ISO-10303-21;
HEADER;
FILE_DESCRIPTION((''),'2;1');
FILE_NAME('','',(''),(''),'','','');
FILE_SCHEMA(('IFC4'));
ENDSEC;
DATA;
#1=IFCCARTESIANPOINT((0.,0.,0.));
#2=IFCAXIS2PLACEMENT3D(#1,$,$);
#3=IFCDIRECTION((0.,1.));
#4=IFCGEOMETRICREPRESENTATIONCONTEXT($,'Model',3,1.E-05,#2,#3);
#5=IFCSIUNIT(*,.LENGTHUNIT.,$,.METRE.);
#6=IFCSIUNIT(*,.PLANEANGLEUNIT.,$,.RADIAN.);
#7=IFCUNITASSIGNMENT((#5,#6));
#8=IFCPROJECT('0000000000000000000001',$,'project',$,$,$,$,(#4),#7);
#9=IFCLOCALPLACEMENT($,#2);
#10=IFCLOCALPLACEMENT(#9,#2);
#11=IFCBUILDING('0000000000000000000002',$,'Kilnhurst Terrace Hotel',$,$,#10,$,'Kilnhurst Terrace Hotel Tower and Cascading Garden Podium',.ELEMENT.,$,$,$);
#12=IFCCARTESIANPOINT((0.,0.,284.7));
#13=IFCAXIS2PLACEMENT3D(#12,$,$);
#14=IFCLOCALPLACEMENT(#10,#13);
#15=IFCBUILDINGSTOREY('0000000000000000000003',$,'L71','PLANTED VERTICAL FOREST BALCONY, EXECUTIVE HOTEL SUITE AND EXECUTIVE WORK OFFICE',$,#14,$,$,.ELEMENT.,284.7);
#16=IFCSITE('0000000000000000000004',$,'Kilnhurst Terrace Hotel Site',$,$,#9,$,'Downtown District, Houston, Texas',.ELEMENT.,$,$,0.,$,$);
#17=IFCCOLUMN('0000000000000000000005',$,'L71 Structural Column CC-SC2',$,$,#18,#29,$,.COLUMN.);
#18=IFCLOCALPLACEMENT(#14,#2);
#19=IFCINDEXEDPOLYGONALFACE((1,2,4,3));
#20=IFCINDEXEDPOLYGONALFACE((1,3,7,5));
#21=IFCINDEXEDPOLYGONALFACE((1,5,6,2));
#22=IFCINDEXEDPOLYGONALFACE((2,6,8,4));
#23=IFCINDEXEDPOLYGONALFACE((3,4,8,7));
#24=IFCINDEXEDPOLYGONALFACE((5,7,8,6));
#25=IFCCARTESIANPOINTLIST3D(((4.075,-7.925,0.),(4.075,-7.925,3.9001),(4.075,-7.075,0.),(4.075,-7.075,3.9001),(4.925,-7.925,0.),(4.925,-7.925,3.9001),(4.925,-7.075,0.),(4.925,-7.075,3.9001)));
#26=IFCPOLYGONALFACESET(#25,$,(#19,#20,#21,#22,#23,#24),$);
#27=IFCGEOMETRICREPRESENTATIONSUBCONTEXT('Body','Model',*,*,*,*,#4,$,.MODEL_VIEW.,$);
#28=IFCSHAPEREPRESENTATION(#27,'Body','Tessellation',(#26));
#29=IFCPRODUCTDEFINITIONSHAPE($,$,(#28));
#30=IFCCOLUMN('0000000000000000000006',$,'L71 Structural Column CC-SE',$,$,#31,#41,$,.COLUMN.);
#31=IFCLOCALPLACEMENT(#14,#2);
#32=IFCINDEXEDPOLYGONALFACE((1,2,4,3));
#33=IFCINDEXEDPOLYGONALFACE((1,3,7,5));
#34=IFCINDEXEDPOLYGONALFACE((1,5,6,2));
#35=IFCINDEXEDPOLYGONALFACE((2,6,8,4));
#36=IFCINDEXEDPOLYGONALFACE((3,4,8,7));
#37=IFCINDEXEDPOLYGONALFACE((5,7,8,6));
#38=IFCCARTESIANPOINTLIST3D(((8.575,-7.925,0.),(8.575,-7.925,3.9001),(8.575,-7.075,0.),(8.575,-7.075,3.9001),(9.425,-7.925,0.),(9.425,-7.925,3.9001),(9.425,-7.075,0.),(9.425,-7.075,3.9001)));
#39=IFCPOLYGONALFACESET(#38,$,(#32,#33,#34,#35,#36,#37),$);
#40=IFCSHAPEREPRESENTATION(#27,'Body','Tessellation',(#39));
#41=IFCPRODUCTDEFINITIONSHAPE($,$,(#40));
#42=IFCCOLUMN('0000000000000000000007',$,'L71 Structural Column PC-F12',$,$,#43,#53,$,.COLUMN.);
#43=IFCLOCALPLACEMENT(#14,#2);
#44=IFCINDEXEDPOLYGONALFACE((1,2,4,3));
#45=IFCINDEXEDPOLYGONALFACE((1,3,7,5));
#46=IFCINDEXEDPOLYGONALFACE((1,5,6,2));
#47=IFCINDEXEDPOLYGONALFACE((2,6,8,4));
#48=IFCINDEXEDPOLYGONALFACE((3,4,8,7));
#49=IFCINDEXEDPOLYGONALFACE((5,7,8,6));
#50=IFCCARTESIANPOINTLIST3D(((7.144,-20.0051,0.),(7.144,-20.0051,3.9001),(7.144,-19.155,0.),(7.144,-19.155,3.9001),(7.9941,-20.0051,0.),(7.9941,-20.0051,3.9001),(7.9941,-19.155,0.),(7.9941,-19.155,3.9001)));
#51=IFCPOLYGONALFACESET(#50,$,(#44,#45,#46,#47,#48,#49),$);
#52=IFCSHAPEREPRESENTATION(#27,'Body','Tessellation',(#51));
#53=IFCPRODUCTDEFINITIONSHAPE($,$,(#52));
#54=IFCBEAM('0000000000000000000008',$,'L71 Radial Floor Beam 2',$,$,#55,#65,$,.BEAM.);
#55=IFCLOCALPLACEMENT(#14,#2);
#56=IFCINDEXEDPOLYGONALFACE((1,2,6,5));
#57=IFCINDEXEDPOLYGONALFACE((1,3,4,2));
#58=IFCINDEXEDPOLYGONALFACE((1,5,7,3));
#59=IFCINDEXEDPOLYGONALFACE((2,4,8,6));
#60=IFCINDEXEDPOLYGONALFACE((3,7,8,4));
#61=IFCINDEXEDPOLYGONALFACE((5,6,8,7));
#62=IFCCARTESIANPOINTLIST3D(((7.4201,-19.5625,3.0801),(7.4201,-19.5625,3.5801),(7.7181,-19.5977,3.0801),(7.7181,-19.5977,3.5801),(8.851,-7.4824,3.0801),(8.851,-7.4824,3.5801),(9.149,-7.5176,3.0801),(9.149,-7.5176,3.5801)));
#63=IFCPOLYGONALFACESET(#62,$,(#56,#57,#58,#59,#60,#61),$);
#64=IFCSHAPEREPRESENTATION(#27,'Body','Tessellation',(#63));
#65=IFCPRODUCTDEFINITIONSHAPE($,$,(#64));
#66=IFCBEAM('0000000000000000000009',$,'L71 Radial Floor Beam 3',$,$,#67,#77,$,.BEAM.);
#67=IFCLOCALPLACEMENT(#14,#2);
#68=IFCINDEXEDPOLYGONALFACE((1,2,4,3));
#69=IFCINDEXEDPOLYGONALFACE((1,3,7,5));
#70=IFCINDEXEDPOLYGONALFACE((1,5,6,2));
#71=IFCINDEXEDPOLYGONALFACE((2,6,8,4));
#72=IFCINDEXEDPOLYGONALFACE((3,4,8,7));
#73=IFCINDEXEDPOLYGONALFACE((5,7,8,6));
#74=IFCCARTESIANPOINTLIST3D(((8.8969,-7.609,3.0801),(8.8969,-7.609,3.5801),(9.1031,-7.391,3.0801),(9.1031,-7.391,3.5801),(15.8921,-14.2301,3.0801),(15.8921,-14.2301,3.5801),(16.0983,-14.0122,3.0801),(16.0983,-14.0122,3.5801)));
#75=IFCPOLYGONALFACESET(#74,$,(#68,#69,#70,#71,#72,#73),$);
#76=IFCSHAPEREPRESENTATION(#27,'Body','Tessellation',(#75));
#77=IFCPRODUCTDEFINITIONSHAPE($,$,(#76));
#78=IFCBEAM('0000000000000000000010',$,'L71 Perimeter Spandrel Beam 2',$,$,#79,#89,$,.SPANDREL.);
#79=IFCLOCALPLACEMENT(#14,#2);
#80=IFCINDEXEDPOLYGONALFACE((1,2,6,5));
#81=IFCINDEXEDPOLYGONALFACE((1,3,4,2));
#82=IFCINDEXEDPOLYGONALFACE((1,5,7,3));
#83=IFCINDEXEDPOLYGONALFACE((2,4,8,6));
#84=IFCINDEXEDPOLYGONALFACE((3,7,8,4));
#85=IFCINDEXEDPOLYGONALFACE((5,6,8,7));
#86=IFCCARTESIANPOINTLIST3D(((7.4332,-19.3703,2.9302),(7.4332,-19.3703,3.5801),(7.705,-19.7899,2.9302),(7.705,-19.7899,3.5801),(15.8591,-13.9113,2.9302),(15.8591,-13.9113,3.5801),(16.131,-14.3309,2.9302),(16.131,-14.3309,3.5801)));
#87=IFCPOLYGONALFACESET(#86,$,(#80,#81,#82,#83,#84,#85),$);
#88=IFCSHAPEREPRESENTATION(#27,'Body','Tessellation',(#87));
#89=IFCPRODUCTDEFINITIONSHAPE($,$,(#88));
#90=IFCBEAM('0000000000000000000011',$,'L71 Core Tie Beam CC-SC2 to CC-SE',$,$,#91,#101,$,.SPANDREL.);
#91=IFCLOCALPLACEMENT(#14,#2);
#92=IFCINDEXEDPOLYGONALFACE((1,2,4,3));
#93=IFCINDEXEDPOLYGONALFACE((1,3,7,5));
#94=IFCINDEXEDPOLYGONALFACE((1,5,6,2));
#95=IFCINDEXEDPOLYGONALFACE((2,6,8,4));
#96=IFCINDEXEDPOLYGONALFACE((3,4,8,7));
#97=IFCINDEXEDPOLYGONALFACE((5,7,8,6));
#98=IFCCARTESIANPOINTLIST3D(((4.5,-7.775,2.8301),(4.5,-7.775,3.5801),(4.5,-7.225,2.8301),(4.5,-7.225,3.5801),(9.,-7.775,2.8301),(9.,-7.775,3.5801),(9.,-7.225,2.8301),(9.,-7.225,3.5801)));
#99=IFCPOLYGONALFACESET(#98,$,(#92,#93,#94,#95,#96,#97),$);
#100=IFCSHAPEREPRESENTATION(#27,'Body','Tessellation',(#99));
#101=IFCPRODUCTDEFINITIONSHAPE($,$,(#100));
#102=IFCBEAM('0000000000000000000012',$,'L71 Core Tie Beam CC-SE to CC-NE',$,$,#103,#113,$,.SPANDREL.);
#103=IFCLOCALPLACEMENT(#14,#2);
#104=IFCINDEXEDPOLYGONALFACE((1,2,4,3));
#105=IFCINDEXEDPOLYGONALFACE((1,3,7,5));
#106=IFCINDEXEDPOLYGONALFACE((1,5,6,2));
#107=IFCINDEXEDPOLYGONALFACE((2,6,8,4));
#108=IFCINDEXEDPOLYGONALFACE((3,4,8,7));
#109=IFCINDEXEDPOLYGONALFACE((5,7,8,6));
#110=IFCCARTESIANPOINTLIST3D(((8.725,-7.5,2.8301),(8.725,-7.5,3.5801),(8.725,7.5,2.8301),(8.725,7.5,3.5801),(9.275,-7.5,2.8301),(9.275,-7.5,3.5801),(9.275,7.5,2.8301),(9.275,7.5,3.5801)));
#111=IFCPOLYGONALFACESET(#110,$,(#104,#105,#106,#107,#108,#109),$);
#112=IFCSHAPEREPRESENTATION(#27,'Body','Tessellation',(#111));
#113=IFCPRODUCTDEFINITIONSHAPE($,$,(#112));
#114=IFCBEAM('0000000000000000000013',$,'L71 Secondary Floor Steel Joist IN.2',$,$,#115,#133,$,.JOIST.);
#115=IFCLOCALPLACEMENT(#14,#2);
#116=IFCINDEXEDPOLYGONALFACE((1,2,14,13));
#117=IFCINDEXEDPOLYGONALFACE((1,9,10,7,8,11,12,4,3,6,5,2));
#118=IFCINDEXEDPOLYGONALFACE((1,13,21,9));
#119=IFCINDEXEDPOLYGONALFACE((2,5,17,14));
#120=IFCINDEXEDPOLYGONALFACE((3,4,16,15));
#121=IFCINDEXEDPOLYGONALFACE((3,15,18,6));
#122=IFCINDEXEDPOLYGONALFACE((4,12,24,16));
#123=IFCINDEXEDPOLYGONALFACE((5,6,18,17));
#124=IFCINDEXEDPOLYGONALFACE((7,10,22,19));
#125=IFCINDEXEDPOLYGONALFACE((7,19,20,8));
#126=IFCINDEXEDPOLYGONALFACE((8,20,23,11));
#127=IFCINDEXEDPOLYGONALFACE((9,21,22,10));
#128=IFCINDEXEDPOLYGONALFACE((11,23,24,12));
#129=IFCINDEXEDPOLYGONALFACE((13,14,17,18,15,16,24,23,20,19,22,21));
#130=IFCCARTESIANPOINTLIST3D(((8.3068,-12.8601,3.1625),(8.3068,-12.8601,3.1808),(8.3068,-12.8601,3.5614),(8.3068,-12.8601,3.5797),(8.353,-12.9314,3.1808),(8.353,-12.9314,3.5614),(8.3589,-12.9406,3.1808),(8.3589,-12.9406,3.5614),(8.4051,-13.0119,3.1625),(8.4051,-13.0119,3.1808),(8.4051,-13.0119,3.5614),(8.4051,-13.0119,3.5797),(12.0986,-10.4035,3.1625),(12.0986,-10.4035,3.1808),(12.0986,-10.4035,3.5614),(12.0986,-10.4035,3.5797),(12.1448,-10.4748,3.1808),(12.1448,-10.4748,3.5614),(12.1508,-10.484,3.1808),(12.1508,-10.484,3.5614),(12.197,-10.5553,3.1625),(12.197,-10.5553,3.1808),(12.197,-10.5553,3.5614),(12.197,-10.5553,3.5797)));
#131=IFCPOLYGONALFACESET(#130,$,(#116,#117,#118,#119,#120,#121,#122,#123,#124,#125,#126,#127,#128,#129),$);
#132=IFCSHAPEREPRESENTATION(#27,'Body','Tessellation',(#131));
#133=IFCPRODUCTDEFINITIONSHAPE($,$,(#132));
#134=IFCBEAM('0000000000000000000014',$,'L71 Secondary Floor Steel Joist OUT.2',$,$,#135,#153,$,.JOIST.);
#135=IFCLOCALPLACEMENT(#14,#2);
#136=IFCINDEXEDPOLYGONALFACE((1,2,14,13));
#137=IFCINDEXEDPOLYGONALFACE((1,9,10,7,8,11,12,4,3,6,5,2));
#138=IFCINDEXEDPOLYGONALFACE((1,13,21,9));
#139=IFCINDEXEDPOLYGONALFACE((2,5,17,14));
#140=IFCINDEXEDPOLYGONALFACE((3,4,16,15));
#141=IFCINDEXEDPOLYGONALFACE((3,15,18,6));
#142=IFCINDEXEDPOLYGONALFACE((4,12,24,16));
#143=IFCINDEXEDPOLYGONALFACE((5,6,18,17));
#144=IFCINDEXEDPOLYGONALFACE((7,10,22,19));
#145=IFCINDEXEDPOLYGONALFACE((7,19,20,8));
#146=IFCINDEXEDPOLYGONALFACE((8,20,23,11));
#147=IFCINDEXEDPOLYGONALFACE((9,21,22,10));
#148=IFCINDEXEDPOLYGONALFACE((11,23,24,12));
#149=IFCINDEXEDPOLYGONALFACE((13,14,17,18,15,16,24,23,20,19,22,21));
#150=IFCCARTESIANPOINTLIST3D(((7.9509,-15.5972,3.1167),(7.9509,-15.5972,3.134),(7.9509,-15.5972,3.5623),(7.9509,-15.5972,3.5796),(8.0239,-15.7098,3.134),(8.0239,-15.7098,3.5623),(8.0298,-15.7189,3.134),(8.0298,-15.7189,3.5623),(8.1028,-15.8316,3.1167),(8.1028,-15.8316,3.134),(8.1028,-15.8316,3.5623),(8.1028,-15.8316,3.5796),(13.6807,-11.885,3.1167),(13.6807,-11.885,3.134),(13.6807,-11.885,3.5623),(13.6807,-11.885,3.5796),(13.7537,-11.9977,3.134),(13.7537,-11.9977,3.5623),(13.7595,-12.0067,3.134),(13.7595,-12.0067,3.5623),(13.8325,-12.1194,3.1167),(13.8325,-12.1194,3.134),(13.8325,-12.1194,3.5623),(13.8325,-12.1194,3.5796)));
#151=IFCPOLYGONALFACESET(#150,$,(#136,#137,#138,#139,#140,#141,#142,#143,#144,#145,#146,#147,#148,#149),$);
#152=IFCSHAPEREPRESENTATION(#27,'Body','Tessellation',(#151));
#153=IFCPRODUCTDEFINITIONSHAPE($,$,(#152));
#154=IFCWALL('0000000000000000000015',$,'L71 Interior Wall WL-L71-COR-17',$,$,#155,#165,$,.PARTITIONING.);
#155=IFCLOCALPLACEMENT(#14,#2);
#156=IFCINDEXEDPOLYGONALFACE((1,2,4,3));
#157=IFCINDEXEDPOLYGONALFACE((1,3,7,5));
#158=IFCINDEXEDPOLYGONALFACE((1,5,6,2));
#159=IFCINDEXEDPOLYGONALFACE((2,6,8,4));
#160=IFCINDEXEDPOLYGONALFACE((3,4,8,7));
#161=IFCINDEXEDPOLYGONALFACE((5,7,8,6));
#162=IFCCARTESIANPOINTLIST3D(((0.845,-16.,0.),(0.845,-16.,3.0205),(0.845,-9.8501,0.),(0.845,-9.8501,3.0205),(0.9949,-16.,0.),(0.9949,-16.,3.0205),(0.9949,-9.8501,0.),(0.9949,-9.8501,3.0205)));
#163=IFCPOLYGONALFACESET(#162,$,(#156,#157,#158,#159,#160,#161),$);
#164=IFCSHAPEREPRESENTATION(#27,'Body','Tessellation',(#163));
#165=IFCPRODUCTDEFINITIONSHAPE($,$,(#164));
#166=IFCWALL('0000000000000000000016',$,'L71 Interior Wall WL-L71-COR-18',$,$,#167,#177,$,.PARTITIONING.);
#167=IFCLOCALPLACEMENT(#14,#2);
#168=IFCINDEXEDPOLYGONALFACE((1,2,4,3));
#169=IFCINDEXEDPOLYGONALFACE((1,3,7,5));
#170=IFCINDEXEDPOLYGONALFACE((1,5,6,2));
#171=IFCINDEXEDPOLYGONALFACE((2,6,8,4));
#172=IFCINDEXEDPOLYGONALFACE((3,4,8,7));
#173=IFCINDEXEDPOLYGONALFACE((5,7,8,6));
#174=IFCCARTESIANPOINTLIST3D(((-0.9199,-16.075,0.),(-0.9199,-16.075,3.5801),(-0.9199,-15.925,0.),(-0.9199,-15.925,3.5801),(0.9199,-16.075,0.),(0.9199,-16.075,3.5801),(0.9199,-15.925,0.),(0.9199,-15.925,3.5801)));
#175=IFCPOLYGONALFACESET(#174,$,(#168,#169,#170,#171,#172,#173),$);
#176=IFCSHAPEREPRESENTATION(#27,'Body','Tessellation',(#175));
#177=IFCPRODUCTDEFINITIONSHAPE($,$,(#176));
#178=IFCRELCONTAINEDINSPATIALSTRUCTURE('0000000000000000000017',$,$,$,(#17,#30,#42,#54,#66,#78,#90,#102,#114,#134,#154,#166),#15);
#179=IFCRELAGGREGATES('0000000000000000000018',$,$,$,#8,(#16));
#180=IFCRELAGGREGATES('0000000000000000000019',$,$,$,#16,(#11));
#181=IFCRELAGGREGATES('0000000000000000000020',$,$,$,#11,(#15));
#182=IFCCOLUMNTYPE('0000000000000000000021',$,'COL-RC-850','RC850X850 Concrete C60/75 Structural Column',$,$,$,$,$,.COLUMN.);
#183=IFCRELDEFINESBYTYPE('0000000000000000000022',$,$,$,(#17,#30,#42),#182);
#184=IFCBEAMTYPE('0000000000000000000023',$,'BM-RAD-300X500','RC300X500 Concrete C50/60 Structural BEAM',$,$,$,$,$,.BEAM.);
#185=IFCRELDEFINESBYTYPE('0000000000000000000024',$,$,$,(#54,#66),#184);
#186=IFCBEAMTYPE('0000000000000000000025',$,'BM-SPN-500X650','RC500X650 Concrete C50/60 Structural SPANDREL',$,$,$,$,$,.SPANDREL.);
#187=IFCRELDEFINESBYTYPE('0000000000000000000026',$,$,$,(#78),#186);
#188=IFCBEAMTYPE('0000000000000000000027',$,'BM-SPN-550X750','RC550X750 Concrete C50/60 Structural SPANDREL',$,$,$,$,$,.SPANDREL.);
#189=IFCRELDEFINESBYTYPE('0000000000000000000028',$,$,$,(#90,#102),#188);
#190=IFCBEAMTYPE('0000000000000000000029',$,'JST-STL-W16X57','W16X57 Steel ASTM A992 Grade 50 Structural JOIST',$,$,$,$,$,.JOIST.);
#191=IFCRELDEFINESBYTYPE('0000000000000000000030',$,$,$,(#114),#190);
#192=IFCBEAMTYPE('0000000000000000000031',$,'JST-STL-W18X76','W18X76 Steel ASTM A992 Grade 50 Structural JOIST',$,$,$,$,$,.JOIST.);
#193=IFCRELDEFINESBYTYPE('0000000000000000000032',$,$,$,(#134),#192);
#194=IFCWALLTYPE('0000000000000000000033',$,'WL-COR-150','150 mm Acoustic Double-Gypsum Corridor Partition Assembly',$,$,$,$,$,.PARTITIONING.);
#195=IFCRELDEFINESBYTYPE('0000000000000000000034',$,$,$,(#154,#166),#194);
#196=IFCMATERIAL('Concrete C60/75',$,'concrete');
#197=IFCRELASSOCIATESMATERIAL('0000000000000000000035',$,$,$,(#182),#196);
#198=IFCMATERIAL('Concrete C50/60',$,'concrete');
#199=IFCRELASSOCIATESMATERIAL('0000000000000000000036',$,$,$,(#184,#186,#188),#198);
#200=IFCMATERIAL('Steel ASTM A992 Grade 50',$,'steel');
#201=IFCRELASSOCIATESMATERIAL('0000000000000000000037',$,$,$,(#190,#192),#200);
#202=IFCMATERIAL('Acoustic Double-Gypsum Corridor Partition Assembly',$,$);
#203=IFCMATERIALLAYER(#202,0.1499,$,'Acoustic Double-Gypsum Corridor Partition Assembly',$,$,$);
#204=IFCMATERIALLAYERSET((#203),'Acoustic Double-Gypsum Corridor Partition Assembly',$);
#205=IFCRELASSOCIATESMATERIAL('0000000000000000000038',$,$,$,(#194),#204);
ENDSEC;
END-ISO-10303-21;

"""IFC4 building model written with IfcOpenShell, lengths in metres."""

from ifc_helpers import new_model, si_unit, direction, frame, frame_2d, origin, origin_2d, place, context, subcontext, project, spatial, rectangle, i_section, extrude, material, layer, layer_set, material_profile, profile_set, type_object, element, save


model = new_model("IFC4")

# Units and contexts
model_context = context("Model", 3, precision=1e-05, world=origin(), true_north=direction((0.0, 1.0)))
body_context = subcontext(model_context, "Body", "Model", "MODEL_VIEW")
ifc_project = project(units=[si_unit("LENGTHUNIT", "METRE"), si_unit("PLANEANGLEUNIT", "RADIAN")], contexts=[model_context])

# Site, building, storey
site_placement = place(None, origin())
site = spatial("IfcSite", under=ifc_project, at=site_placement, Name="Kilnhurst Terrace Hotel Site", LongName="Downtown District, Houston, Texas", CompositionType="ELEMENT", RefElevation=0.0)
building_placement = place(site_placement, origin())
building = spatial("IfcBuilding", under=site, at=building_placement, Name="Kilnhurst Terrace Hotel", LongName="Kilnhurst Terrace Hotel Tower and Cascading Garden Podium", CompositionType="ELEMENT")
storey_placement = place(building_placement, frame((0.0, 0.0, 284.7)))
storey = spatial("IfcBuildingStorey", under=building, at=storey_placement, Name="L71", Description="PLANTED VERTICAL FOREST BALCONY, EXECUTIVE HOTEL SUITE AND EXECUTIVE WORK OFFICE", CompositionType="ELEMENT", Elevation=284.7)

# Columns
ifc_material_1 = material(Name="Concrete C60/75", Category="concrete")
ifc_material_profile_1 = material_profile(ifc_material_1, rectangle(XDim=0.8501, YDim=0.8501, at=origin_2d()), Name="RC850X850")
ifc_profile_set_1 = profile_set([ifc_material_profile_1], Name="Concrete C60/75")
column_type = type_object("IfcColumnType", Name="COL-RC-850", Description="RC850X850 Concrete C60/75 Structural Column", PredefinedType="COLUMN", material=ifc_profile_set_1)
for number, where, z_axis, x_axis, name in (
    (1, (4.5, -7.5, 0.0), (0.0, 0.0, 1.0), (1.0, 0.0, 0.0), "L71 Structural Column CC-SC2"),
    (2, (9.0, -7.5, 0.0), (0.0, 0.0, 1.0), (1.0, 0.0, 0.0), "L71 Structural Column CC-SE"),
    (3, (7.5691, -19.5801, 0.0), (0.0, 0.0, 1.0), (1.0, 0.0, 0.0), "L71 Structural Column PC-F12"),
):
    element("IfcColumn", number, at=place(storey_placement, frame(where, z_axis=z_axis, x_axis=x_axis)), inside=storey, type_object=column_type, Name=name, PredefinedType="COLUMN", context=body_context, shape_type="SweptSolid", body=[
        extrude(rectangle(XDim=0.8501, YDim=0.8501, at=origin_2d()), origin(), (0.0, 0.0, 1.0), 3.9001),
    ])

# Beams
ifc_material_2 = material(Name="Concrete C50/60", Category="concrete")
ifc_material_profile_2 = material_profile(ifc_material_2, rectangle(XDim=0.3, YDim=0.5, at=origin_2d()), Name="RC300X500")
ifc_profile_set_2 = profile_set([ifc_material_profile_2], Name="Concrete C50/60")
beam_type_1 = type_object("IfcBeamType", Name="BM-RAD-300X500", Description="RC300X500 Concrete C50/60 Structural BEAM", PredefinedType="BEAM", material=ifc_profile_set_2)
beam_1_placement = place(storey_placement, frame((9.0, -7.5, 3.3301), z_axis=(-0.11763, -0.993058, 0.0), x_axis=(0.993058, -0.11763, 0.0)))
element("IfcBeam", 4, at=beam_1_placement, inside=storey, type_object=beam_type_1, Name="L71 Radial Floor Beam 2", PredefinedType="BEAM", context=body_context, shape_type="SweptSolid", body=[
    extrude(rectangle(XDim=0.3, YDim=0.5, at=origin_2d()), origin(), (0.0, 0.0, 1.0), 12.1646),
])
beam_2_placement = place(storey_placement, frame((9.0, -7.5, 3.3301), z_axis=(0.726256, -0.687424, 0.0), x_axis=(0.687424, 0.726256, 0.0)))
element("IfcBeam", 5, at=beam_2_placement, inside=storey, type_object=beam_type_1, Name="L71 Radial Floor Beam 3", PredefinedType="BEAM", context=body_context, shape_type="SweptSolid", body=[
    extrude(rectangle(XDim=0.3, YDim=0.5, at=origin_2d()), origin(), (0.0, 0.0, 1.0), 9.6318),
])
ifc_material_profile_3 = material_profile(ifc_material_2, rectangle(XDim=0.5, YDim=0.6499, at=origin_2d()), Name="RC500X650")
ifc_profile_set_3 = profile_set([ifc_material_profile_3], Name="Concrete C50/60")
beam_type_2 = type_object("IfcBeamType", Name="BM-SPN-500X650", Description="RC500X650 Concrete C50/60 Structural SPANDREL", PredefinedType="SPANDREL", material=ifc_profile_set_3)
beam_3_placement = place(storey_placement, frame((7.5691, -19.5801, 3.2551), z_axis=(0.839259, 0.543732, 0.0), x_axis=(-0.543732, 0.839259, 0.0)))
element("IfcBeam", 6, at=beam_3_placement, inside=storey, type_object=beam_type_2, Name="L71 Perimeter Spandrel Beam 2", PredefinedType="SPANDREL", context=body_context, shape_type="SweptSolid", body=[
    extrude(rectangle(XDim=0.5, YDim=0.6499, at=origin_2d()), origin(), (0.0, 0.0, 1.0), 10.0398),
])
ifc_material_profile_4 = material_profile(ifc_material_2, rectangle(XDim=0.55, YDim=0.75, at=origin_2d()), Name="RC550X750")
ifc_profile_set_4 = profile_set([ifc_material_profile_4], Name="Concrete C50/60")
beam_type_3 = type_object("IfcBeamType", Name="BM-SPN-550X750", Description="RC550X750 Concrete C50/60 Structural SPANDREL", PredefinedType="SPANDREL", material=ifc_profile_set_4)
beam_4_placement = place(storey_placement, frame((4.5, -7.5, 3.2051), z_axis=(1.0, 0.0, 0.0), x_axis=(0.0, 1.0, 0.0)))
element("IfcBeam", 7, at=beam_4_placement, inside=storey, type_object=beam_type_3, Name="L71 Core Tie Beam CC-SC2 to CC-SE", PredefinedType="SPANDREL", context=body_context, shape_type="SweptSolid", body=[
    extrude(rectangle(XDim=0.55, YDim=0.75, at=origin_2d()), origin(), (0.0, 0.0, 1.0), 4.5),
])
beam_5_placement = place(storey_placement, frame((9.0, -7.5, 3.2051), z_axis=(0.0, 1.0, 0.0), x_axis=(-1.0, 0.0, 0.0)))
element("IfcBeam", 8, at=beam_5_placement, inside=storey, type_object=beam_type_3, Name="L71 Core Tie Beam CC-SE to CC-NE", PredefinedType="SPANDREL", context=body_context, shape_type="SweptSolid", body=[
    extrude(rectangle(XDim=0.55, YDim=0.75, at=origin_2d()), origin(), (0.0, 0.0, 1.0), 15.0),
])
ifc_material_3 = material(Name="Steel ASTM A992 Grade 50", Category="steel")
ifc_material_profile_5 = material_profile(ifc_material_3, i_section(OverallWidth=0.1809, OverallDepth=0.4172, WebThickness=0.011, FlangeThickness=0.0183, at=origin_2d()), Name="W16X57")
ifc_profile_set_5 = profile_set([ifc_material_profile_5], Name="Steel ASTM A992 Grade 50")
beam_type_4 = type_object("IfcBeamType", Name="JST-STL-W16X57", Description="W16X57 Steel ASTM A992 Grade 50 Structural JOIST", PredefinedType="JOIST", material=ifc_profile_set_5)
beam_6_placement = place(storey_placement, frame((8.356, -12.936, 3.3711), z_axis=(0.839261, 0.543728, 0.0), x_axis=(-0.543728, 0.839261, 0.0)))
element("IfcBeam", 9, at=beam_6_placement, inside=storey, type_object=beam_type_4, Name="L71 Secondary Floor Steel Joist IN.2", PredefinedType="JOIST", context=body_context, shape_type="SweptSolid", body=[
    extrude(i_section(OverallWidth=0.1809, OverallDepth=0.4172, WebThickness=0.011, FlangeThickness=0.0183, at=origin_2d()), origin(), (0.0, 0.0, 1.0), 4.5181),
])
ifc_material_profile_6 = material_profile(ifc_material_3, i_section(OverallWidth=0.2793, OverallDepth=0.4629, WebThickness=0.0107, FlangeThickness=0.0173, at=origin_2d()), Name="W18X76")
ifc_profile_set_6 = profile_set([ifc_material_profile_6], Name="Steel ASTM A992 Grade 50")
beam_type_5 = type_object("IfcBeamType", Name="JST-STL-W18X76", Description="W18X76 Steel ASTM A992 Grade 50 Structural JOIST", PredefinedType="JOIST", material=ifc_profile_set_6)
beam_7_placement = place(storey_placement, frame((8.0269, -15.7144, 3.3481), z_axis=(0.839257, 0.543735, 0.0), x_axis=(-0.543735, 0.839257, 0.0)))
element("IfcBeam", 10, at=beam_7_placement, inside=storey, type_object=beam_type_5, Name="L71 Secondary Floor Steel Joist OUT.2", PredefinedType="JOIST", context=body_context, shape_type="SweptSolid", body=[
    extrude(i_section(OverallWidth=0.2793, OverallDepth=0.4629, WebThickness=0.0107, FlangeThickness=0.0173, at=origin_2d()), origin(), (0.0, 0.0, 1.0), 6.8271),
])

# Walls
ifc_material_4 = material(Name="Acoustic Double-Gypsum Corridor Partition Assembly")
ifc_layer_1 = layer(ifc_material_4, 0.1499, Name="Acoustic Double-Gypsum Corridor Partition Assembly")
ifc_layer_set_1 = layer_set([ifc_layer_1], Name="Acoustic Double-Gypsum Corridor Partition Assembly")
wall_type_1 = type_object("IfcWallType", Name="WL-COR-150", Description="150 mm Acoustic Double-Gypsum Corridor Partition Assembly", PredefinedType="PARTITIONING", material=ifc_layer_set_1)
wall_1_placement = place(storey_placement, frame((0.9199, -9.8501, 0.0), z_axis=(0.0, 0.0, 1.0), x_axis=(0.0, -1.0, 0.0)))
element("IfcWall", 11, at=wall_1_placement, inside=storey, type_object=wall_type_1, Name="L71 Interior Wall WL-L71-COR-17", PredefinedType="PARTITIONING", context=body_context, shape_type="SweptSolid", body=[
    extrude(rectangle(XDim=6.1499, YDim=0.1499, at=frame_2d((3.075, 0.0))), origin(), (0.0, 0.0, 1.0), 3.0205),
])
wall_2_placement = place(storey_placement, frame((0.9199, -16.0, 0.0), z_axis=(0.0, 0.0, 1.0), x_axis=(-1.0, 0.0, 0.0)))
element("IfcWall", 12, at=wall_2_placement, inside=storey, type_object=wall_type_1, Name="L71 Interior Wall WL-L71-COR-18", PredefinedType="PARTITIONING", context=body_context, shape_type="SweptSolid", body=[
    extrude(rectangle(XDim=1.8398, YDim=0.1499, at=frame_2d((0.9199, 0.0))), origin(), (0.0, 0.0, 1.0), 3.5801),
])

save(model, "model.ifc")
